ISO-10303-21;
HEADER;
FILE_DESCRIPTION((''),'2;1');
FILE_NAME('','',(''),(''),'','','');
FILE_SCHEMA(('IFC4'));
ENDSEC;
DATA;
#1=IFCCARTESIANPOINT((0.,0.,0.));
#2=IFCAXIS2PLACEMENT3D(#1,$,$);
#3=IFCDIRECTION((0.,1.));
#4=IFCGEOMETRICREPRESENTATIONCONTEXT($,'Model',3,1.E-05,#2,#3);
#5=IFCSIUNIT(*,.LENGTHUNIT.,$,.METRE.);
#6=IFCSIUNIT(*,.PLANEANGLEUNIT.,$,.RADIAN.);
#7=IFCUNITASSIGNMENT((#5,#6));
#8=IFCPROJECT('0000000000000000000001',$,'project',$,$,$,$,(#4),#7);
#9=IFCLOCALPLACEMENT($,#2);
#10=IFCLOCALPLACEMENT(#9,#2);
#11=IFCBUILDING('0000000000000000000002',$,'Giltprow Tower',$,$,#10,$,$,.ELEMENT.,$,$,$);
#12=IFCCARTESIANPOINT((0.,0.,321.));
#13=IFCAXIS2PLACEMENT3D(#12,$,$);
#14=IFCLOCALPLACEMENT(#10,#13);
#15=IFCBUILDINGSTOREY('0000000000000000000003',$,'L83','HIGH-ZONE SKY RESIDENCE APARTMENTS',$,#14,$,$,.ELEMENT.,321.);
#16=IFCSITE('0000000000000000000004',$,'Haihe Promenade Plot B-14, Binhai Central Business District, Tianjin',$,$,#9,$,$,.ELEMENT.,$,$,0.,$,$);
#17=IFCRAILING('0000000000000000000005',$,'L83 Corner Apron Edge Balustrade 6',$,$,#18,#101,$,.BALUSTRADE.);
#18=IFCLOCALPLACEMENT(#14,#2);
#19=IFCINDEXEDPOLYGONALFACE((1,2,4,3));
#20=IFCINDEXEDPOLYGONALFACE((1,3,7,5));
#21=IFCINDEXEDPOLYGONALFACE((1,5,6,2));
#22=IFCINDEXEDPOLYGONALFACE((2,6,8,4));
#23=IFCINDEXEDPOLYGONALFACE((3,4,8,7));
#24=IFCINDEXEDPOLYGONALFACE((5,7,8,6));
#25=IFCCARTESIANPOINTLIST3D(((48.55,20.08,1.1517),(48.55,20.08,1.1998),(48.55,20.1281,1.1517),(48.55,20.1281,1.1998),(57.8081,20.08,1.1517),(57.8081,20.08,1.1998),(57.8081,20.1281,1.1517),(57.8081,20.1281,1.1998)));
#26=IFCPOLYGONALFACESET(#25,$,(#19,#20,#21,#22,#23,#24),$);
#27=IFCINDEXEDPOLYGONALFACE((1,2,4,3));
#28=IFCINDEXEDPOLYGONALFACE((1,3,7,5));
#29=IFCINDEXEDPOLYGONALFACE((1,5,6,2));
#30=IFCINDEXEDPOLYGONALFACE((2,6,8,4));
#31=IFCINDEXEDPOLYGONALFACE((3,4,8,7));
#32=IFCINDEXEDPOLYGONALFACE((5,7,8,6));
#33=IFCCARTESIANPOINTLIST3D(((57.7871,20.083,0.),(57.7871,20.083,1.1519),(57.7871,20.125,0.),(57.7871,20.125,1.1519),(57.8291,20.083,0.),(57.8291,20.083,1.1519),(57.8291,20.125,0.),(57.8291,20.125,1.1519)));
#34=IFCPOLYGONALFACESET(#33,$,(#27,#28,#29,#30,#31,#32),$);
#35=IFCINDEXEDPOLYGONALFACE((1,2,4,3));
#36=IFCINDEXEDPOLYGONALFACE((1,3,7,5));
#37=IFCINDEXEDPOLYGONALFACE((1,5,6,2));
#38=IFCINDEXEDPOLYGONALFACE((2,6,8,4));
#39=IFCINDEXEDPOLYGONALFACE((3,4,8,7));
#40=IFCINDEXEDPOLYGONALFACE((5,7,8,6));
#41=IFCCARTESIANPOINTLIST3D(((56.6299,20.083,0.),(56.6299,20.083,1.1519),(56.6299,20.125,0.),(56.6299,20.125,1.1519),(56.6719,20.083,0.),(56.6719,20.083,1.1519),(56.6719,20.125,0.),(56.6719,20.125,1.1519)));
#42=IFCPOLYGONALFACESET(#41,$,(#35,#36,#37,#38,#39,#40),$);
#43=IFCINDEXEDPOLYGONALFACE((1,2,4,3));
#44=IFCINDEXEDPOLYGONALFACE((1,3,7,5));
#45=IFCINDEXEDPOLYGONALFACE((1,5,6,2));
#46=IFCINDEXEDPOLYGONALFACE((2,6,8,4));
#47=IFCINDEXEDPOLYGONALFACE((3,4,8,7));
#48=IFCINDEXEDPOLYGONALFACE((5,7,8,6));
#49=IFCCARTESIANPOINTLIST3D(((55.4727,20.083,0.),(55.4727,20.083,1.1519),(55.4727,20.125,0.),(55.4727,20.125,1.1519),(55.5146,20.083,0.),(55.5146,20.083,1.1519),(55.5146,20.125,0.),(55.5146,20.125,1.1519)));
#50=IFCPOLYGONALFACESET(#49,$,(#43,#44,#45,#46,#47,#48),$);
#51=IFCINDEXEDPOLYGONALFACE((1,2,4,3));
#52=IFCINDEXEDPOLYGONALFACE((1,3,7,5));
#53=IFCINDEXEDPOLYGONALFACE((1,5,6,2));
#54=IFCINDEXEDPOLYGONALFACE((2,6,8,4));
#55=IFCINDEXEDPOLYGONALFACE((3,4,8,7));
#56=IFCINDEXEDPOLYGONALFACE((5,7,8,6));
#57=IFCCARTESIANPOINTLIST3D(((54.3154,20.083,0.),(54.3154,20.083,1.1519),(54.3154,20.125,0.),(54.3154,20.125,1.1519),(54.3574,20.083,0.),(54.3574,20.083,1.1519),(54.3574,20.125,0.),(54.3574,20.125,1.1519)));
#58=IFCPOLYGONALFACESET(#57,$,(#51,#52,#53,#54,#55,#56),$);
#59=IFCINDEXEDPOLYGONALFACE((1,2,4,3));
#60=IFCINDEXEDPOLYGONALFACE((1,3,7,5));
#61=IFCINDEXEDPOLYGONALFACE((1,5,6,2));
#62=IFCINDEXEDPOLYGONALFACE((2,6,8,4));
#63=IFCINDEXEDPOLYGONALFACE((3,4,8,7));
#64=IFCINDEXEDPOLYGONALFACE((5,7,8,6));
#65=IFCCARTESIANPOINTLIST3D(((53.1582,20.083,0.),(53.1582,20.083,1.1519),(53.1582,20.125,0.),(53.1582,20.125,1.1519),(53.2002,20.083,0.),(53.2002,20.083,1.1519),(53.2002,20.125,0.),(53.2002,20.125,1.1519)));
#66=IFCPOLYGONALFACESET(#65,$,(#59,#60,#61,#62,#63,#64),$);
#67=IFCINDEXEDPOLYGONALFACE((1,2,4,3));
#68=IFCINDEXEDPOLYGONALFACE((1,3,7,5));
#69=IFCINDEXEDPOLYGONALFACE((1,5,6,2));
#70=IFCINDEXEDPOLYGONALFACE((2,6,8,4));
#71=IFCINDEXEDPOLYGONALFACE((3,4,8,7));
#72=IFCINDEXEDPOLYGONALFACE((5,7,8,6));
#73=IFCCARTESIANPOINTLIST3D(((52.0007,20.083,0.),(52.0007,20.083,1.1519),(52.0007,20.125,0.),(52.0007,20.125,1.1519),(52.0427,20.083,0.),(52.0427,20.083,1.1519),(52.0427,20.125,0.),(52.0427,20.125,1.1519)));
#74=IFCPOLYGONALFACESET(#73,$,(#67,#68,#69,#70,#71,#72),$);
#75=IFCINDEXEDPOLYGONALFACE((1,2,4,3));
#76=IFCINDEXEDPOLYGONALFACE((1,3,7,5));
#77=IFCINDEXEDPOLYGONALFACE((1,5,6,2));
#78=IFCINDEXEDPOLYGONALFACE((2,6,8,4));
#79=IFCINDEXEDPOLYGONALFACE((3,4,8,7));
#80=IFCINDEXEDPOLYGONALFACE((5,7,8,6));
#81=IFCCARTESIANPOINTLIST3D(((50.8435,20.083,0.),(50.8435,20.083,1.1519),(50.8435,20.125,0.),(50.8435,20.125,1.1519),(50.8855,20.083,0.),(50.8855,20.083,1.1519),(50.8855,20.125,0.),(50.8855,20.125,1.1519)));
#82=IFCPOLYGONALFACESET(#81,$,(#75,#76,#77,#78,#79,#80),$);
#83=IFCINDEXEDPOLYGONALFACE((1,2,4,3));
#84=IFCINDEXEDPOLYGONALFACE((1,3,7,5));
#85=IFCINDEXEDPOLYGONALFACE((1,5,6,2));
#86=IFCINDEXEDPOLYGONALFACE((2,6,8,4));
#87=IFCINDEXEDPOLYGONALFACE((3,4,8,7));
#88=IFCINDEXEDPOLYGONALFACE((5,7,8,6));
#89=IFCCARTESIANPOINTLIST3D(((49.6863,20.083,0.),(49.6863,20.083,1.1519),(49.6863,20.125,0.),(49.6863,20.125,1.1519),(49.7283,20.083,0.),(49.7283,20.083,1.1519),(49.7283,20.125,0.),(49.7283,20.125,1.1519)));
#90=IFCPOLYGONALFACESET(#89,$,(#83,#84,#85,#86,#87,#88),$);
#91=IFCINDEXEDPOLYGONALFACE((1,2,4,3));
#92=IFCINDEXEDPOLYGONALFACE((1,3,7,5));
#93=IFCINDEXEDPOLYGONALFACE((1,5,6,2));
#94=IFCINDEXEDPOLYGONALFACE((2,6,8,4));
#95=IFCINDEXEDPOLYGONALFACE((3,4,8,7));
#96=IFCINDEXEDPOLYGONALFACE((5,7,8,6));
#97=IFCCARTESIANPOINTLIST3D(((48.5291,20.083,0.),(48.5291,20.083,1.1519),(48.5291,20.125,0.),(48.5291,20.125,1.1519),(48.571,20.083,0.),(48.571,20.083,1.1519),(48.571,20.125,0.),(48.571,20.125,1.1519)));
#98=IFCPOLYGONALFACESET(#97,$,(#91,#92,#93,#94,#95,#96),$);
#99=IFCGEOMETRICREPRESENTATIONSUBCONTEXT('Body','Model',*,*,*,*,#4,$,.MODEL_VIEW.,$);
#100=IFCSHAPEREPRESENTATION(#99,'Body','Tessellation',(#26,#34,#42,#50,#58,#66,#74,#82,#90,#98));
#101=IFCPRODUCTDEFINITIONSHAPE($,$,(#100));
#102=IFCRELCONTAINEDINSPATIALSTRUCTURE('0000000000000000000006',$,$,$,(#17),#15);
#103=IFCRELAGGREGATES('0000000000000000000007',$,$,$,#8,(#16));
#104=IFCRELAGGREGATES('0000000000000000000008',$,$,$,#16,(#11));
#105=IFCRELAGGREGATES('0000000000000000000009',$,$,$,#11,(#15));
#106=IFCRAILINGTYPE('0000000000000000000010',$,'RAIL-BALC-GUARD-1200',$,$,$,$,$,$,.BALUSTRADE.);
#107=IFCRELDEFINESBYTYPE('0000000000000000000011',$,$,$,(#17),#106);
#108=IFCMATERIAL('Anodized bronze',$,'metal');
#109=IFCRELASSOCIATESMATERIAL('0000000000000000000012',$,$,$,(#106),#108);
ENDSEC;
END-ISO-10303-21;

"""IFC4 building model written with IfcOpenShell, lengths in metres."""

from ifc_helpers import new_model, si_unit, direction, frame, origin, origin_2d, place, context, subcontext, project, spatial, rectangle, extrude, material, type_object, element, save


model = new_model("IFC4")

# Units and contexts
model_context = context("Model", 3, precision=1e-05, world=origin(), true_north=direction((0.0, 1.0)))
body_context = subcontext(model_context, "Body", "Model", "MODEL_VIEW")
ifc_project = project(units=[si_unit("LENGTHUNIT", "METRE"), si_unit("PLANEANGLEUNIT", "RADIAN")], contexts=[model_context])

# Site, building, storey
site_placement = place(None, origin())
site = spatial("IfcSite", under=ifc_project, at=site_placement, Name="Haihe Promenade Plot B-14, Binhai Central Business District, Tianjin", CompositionType="ELEMENT", RefElevation=0.0)
building_placement = place(site_placement, origin())
building = spatial("IfcBuilding", under=site, at=building_placement, Name="Giltprow Tower", CompositionType="ELEMENT")
storey_placement = place(building_placement, frame((0.0, 0.0, 321.0)))
storey = spatial("IfcBuildingStorey", under=building, at=storey_placement, Name="L83", Description="HIGH-ZONE SKY RESIDENCE APARTMENTS", CompositionType="ELEMENT", Elevation=321.0)

# Shared definitions
ifc_material_1 = material(Name="Anodized bronze", Category="metal")

# Railing
railing_type = type_object("IfcRailingType", Name="RAIL-BALC-GUARD-1200", PredefinedType="BALUSTRADE", material=ifc_material_1)
railing_1_placement = place(storey_placement, frame((57.8081, 20.104, 0.0)))
element("IfcRailing", 1, at=railing_1_placement, inside=storey, type_object=railing_type, Name="L83 Corner Apron Edge Balustrade 6", PredefinedType="BALUSTRADE", context=body_context, shape_type="SweptSolid", body=[
    extrude(rectangle(XDim=0.0481, YDim=0.0481, at=origin_2d()), frame((0.0, 0.0, 1.1758), z_axis=(-1.0, 0.0, 0.0), x_axis=(0.0, -1.0, 0.0)), (0.0, 0.0, 1.0), 9.2581),
    extrude(rectangle(XDim=0.042, YDim=0.042, at=origin_2d()), origin(), (0.0, 0.0, 1.0), 1.1519),
    extrude(rectangle(XDim=0.042, YDim=0.042, at=origin_2d()), frame((-1.1572, 0.0, 0.0)), (0.0, 0.0, 1.0), 1.1519),
    extrude(rectangle(XDim=0.042, YDim=0.042, at=origin_2d()), frame((-2.3145, 0.0, 0.0)), (0.0, 0.0, 1.0), 1.1519),
    extrude(rectangle(XDim=0.042, YDim=0.042, at=origin_2d()), frame((-3.4717, 0.0, 0.0)), (0.0, 0.0, 1.0), 1.1519),
    extrude(rectangle(XDim=0.042, YDim=0.042, at=origin_2d()), frame((-4.6289, 0.0, 0.0)), (0.0, 0.0, 1.0), 1.1519),
    extrude(rectangle(XDim=0.042, YDim=0.042, at=origin_2d()), frame((-5.7864, 0.0, 0.0)), (0.0, 0.0, 1.0), 1.1519),
    extrude(rectangle(XDim=0.042, YDim=0.042, at=origin_2d()), frame((-6.9436, 0.0, 0.0)), (0.0, 0.0, 1.0), 1.1519),
    extrude(rectangle(XDim=0.042, YDim=0.042, at=origin_2d()), frame((-8.1008, 0.0, 0.0)), (0.0, 0.0, 1.0), 1.1519),
    extrude(rectangle(XDim=0.042, YDim=0.042, at=origin_2d()), frame((-9.2581, 0.0, 0.0)), (0.0, 0.0, 1.0), 1.1519),
])

save(model, "model.ifc")
